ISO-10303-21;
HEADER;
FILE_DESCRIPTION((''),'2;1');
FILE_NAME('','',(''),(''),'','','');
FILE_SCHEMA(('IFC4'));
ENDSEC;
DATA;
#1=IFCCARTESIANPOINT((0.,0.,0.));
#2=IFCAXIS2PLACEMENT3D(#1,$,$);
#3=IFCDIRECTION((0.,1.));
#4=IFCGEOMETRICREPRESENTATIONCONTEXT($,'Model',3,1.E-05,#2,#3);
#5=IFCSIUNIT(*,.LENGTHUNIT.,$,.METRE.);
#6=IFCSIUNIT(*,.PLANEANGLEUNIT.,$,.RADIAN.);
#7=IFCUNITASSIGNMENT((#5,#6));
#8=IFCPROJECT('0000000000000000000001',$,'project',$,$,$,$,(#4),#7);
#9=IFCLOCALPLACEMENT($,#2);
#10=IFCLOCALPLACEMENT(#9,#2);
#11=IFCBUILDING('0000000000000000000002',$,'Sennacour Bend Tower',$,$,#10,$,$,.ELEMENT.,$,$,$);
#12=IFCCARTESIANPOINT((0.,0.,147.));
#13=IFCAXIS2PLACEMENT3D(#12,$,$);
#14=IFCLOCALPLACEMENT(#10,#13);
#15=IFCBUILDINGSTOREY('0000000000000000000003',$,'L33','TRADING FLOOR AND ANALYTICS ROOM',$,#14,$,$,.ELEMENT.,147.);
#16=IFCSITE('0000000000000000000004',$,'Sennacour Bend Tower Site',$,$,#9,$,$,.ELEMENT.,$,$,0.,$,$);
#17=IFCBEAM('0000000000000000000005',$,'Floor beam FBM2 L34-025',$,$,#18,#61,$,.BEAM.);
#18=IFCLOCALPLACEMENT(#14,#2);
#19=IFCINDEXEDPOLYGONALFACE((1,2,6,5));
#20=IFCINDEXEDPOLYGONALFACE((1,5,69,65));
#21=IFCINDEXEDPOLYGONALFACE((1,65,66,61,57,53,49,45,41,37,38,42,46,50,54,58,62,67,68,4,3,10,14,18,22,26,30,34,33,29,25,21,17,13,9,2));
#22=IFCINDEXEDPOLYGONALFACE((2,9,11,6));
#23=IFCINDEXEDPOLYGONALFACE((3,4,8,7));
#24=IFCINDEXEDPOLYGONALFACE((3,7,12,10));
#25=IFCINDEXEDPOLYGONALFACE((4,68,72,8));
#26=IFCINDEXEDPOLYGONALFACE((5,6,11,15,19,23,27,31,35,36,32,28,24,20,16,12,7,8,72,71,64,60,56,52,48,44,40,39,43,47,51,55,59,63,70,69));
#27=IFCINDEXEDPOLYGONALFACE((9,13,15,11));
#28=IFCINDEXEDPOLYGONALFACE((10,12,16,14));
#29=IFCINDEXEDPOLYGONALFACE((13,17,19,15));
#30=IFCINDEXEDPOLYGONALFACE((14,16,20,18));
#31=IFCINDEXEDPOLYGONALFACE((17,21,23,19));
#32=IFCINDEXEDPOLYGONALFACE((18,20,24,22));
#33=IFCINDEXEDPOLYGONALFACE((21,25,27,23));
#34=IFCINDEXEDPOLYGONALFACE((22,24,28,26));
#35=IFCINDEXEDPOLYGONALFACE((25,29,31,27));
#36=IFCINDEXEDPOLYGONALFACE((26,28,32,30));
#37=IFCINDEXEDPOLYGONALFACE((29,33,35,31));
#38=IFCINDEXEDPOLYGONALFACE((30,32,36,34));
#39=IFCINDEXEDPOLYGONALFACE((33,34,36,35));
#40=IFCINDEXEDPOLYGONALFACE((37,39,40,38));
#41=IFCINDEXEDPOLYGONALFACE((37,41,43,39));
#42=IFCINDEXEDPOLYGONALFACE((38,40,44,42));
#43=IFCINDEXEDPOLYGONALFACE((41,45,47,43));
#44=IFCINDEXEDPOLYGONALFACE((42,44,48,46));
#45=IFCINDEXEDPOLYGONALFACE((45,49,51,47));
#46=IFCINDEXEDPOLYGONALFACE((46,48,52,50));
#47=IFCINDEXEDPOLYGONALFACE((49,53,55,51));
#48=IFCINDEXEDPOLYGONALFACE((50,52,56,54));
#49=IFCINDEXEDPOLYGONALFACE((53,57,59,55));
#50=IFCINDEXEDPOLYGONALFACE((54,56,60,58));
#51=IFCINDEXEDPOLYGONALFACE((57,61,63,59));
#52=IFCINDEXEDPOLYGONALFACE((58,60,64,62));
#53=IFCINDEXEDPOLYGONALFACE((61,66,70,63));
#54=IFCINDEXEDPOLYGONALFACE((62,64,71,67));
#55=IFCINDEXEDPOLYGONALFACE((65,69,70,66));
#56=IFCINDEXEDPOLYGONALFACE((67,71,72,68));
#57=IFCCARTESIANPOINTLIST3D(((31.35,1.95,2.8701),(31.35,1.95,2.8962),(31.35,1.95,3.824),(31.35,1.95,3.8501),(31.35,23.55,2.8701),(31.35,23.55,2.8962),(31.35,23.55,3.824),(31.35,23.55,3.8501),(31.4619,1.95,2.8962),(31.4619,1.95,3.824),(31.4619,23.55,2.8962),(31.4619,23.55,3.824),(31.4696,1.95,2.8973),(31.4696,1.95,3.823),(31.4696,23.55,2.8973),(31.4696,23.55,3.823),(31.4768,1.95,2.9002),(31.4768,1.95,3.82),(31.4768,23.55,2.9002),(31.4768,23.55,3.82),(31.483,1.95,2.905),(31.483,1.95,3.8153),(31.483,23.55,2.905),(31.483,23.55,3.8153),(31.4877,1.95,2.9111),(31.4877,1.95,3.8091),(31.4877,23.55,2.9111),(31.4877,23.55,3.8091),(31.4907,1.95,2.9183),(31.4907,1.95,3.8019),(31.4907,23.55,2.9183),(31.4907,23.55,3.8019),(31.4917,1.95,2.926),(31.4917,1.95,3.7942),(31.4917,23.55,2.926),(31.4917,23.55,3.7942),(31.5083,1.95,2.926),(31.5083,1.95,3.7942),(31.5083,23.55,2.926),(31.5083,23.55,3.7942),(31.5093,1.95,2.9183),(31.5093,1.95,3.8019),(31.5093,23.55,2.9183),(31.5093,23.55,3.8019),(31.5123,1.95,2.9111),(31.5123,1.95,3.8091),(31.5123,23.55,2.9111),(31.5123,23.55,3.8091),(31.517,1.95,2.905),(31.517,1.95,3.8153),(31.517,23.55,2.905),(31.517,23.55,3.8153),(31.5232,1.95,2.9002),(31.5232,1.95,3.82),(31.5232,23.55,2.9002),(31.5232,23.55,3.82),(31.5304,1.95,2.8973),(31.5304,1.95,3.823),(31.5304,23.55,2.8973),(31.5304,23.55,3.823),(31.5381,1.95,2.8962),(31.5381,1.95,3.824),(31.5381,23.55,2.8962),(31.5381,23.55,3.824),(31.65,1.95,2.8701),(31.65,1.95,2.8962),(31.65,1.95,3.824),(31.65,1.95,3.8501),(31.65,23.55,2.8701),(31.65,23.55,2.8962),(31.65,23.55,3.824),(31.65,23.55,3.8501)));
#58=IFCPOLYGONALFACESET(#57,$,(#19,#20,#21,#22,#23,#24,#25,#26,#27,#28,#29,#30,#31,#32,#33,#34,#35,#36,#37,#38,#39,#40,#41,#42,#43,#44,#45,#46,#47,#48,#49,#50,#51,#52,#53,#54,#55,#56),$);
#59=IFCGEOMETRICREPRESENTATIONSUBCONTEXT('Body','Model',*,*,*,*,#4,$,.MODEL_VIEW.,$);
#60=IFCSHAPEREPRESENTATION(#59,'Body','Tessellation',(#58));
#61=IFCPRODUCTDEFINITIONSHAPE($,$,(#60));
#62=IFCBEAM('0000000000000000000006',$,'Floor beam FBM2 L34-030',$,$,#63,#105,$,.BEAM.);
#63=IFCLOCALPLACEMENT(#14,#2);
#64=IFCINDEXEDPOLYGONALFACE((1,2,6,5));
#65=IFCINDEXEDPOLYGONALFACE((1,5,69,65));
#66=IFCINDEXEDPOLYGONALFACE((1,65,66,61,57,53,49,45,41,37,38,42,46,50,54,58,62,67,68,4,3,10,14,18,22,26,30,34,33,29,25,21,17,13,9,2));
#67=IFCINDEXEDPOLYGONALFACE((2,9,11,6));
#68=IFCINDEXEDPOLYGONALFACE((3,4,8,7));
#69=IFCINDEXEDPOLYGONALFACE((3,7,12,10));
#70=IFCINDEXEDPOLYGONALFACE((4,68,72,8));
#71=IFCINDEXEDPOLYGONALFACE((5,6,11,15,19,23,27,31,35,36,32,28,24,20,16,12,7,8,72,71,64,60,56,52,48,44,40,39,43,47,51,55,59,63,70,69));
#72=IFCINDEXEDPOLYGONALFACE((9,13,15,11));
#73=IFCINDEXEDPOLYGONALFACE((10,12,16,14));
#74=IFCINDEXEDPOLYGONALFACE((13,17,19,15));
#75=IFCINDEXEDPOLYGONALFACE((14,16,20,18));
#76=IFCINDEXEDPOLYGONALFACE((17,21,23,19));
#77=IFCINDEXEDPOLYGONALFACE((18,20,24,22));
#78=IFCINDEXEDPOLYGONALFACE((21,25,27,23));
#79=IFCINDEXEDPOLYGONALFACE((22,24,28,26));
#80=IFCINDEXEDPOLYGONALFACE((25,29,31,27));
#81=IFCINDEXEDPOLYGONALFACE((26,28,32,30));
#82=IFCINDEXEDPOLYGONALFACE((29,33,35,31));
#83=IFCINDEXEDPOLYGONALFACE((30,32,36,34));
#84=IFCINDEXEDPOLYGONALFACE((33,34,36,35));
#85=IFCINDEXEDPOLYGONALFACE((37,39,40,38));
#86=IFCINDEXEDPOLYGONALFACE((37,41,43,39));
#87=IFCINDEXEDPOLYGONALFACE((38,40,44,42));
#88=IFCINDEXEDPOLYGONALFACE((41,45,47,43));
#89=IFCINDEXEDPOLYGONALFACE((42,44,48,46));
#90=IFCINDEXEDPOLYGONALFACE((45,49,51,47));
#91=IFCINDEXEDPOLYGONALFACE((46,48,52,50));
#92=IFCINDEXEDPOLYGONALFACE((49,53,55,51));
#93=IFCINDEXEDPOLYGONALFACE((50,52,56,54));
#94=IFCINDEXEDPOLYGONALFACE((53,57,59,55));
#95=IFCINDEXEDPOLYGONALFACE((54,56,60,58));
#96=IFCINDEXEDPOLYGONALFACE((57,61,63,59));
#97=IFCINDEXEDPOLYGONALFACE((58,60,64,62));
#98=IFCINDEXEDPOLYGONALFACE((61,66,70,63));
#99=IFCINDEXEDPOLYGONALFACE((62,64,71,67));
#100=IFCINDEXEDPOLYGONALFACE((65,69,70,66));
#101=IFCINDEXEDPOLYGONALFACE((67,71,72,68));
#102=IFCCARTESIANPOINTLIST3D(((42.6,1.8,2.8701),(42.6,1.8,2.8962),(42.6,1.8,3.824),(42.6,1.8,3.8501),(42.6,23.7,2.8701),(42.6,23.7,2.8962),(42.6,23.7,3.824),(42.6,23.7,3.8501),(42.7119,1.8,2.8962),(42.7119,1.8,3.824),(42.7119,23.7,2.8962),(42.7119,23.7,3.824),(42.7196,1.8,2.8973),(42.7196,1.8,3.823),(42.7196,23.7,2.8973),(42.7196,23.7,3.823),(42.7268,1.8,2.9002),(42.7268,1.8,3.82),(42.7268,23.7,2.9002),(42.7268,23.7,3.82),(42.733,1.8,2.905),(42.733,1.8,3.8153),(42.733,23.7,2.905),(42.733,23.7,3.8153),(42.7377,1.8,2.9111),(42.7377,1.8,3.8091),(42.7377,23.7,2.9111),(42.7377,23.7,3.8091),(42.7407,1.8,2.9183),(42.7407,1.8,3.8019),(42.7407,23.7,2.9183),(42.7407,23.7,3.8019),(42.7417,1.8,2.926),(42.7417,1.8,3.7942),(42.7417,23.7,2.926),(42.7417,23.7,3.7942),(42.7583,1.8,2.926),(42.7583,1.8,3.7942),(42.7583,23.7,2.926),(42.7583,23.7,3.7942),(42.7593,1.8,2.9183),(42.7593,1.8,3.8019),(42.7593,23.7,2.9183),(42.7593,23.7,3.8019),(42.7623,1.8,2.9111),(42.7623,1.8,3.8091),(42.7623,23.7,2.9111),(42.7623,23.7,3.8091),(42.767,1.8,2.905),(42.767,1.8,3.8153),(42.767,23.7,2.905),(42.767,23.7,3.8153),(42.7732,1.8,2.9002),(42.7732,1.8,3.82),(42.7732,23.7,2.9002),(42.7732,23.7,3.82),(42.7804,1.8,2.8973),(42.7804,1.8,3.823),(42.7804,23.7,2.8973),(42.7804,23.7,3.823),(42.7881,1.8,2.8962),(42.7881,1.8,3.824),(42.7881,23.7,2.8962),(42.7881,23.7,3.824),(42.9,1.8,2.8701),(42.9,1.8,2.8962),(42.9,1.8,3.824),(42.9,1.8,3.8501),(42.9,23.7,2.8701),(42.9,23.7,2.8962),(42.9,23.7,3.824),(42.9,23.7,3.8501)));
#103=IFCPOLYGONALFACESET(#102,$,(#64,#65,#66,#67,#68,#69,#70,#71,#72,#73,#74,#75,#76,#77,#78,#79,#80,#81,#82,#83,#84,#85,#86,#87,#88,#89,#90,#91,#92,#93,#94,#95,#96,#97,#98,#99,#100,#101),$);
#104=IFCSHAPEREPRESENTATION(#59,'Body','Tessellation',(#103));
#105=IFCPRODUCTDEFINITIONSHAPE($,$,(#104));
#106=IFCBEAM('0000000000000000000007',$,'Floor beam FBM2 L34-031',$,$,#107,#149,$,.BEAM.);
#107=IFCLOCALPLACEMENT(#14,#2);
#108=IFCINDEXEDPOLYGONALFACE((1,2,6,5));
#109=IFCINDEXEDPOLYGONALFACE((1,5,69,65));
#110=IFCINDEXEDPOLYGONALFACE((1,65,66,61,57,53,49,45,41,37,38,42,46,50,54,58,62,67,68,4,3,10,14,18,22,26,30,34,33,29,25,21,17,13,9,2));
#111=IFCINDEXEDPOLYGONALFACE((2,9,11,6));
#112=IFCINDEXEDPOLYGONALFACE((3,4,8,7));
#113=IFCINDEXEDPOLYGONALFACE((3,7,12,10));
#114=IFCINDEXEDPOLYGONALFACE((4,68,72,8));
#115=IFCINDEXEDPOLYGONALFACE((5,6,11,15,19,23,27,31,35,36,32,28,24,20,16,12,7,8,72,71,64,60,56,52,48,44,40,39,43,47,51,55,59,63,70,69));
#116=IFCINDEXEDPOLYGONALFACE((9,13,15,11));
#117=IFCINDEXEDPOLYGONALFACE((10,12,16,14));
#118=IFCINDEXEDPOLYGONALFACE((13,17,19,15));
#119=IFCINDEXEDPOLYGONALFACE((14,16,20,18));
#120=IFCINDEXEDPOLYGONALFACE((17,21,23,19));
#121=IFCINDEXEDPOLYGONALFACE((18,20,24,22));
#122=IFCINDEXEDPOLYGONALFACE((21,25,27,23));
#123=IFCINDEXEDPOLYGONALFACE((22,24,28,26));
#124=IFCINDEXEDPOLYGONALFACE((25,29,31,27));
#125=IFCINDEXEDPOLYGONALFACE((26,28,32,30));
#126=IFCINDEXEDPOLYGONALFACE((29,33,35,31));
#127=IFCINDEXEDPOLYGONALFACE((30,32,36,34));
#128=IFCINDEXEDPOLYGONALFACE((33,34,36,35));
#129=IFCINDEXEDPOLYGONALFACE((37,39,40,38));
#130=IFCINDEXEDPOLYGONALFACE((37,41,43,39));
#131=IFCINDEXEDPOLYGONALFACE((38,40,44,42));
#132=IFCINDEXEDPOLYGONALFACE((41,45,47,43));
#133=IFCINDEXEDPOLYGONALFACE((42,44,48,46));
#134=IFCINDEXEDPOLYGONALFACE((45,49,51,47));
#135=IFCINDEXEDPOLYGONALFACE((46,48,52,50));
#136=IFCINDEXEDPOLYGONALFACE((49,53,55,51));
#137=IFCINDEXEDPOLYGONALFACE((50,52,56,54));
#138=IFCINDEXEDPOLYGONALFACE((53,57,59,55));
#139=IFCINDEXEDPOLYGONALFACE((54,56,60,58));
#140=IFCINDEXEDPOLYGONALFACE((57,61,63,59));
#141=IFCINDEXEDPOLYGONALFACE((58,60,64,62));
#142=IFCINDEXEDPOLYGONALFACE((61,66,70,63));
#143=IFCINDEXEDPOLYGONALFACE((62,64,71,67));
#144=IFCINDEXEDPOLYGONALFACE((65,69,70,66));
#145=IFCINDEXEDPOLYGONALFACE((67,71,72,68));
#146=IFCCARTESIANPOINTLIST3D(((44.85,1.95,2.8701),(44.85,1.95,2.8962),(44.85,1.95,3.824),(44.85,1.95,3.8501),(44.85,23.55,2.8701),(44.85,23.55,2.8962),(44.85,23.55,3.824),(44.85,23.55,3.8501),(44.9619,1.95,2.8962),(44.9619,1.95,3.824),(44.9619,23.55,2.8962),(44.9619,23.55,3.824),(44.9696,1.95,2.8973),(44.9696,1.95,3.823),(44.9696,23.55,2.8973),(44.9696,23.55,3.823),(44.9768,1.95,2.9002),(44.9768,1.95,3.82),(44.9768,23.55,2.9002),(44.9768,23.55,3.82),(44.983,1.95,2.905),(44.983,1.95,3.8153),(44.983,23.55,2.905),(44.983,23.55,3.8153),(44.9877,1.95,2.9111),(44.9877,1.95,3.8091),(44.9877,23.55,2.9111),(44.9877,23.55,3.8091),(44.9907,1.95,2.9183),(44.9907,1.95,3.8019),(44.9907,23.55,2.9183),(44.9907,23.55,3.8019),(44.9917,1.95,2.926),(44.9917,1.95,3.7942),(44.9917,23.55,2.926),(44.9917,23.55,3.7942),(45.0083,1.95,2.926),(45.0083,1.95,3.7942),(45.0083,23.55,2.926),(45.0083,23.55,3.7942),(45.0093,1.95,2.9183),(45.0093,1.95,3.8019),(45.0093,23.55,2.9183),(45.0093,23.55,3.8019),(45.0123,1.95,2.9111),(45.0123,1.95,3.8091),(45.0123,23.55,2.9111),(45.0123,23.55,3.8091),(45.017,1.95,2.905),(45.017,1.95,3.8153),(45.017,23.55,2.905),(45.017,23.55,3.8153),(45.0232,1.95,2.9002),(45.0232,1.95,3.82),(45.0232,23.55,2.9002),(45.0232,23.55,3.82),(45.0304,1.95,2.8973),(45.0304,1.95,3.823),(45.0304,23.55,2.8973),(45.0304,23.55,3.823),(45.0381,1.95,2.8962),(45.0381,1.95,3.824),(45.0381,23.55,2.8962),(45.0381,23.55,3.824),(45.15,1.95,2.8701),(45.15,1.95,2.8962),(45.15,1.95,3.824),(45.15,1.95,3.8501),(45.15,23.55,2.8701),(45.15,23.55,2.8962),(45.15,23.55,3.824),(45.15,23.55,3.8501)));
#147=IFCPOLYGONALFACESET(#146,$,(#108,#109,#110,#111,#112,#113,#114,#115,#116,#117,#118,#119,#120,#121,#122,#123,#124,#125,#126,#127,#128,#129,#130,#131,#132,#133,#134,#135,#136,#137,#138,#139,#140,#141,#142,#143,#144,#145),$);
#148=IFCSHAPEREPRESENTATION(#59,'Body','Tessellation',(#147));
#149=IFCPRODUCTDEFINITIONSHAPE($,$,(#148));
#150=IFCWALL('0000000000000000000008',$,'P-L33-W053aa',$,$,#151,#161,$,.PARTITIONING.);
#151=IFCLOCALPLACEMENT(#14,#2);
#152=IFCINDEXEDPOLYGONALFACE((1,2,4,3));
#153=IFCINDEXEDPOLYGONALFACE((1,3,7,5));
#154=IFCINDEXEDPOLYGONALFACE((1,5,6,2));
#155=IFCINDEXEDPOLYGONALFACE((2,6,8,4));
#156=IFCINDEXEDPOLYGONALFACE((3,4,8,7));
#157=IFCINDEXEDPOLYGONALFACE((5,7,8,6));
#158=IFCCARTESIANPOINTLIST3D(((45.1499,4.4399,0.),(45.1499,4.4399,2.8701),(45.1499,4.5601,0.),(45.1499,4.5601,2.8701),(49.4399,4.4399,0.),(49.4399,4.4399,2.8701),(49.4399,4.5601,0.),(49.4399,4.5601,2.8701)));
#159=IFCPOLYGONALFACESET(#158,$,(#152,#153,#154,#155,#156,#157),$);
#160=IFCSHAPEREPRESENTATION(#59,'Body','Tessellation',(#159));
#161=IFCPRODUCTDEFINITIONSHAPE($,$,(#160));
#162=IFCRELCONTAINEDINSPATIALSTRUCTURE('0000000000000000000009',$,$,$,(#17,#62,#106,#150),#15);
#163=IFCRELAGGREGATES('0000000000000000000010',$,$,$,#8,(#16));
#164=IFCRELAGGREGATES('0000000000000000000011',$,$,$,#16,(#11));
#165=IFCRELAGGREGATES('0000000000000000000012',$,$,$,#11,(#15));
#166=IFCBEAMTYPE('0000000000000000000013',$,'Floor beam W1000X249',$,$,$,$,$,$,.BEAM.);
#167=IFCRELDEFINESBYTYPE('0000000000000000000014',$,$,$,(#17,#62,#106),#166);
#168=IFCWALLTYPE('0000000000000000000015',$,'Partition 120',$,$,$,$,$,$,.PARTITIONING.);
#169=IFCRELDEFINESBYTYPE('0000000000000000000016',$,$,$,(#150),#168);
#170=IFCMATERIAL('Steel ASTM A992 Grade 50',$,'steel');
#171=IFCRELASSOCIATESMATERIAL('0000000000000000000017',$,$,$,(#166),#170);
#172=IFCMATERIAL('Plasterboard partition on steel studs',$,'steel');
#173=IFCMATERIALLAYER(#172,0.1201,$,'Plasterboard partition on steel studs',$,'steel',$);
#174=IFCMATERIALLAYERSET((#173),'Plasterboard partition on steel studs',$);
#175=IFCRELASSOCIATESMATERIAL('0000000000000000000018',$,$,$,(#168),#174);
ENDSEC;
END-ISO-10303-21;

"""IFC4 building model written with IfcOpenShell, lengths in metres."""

from ifc_helpers import new_model, si_unit, direction, frame, frame_2d, origin, origin_2d, place, context, subcontext, project, spatial, rectangle, i_section, extrude, material, layer, layer_set, material_profile, profile_set, type_object, element, save


model = new_model("IFC4")

# Units and contexts
model_context = context("Model", 3, precision=1e-05, world=origin(), true_north=direction((0.0, 1.0)))
body_context = subcontext(model_context, "Body", "Model", "MODEL_VIEW")
ifc_project = project(units=[si_unit("LENGTHUNIT", "METRE"), si_unit("PLANEANGLEUNIT", "RADIAN")], contexts=[model_context])

# Site, building, storey
site_placement = place(None, origin())
site = spatial("IfcSite", under=ifc_project, at=site_placement, Name="Sennacour Bend Tower Site", CompositionType="ELEMENT", RefElevation=0.0)
building_placement = place(site_placement, origin())
building = spatial("IfcBuilding", under=site, at=building_placement, Name="Sennacour Bend Tower", CompositionType="ELEMENT")
storey_placement = place(building_placement, frame((0.0, 0.0, 147.0)))
storey = spatial("IfcBuildingStorey", under=building, at=storey_placement, Name="L33", Description="TRADING FLOOR AND ANALYTICS ROOM", CompositionType="ELEMENT", Elevation=147.0)

# Beams
ifc_material_1 = material(Name="Steel ASTM A992 Grade 50", Category="steel")
ifc_material_profile = material_profile(ifc_material_1, i_section(OverallWidth=0.3, OverallDepth=0.98, WebThickness=0.0166, FlangeThickness=0.0261, FilletRadius=0.0298, at=origin_2d()), Name="Steel ASTM A992 Grade 50", Category="steel")
ifc_profile_set = profile_set([ifc_material_profile], Name="Steel ASTM A992 Grade 50")
beam_type = type_object("IfcBeamType", Name="Floor beam W1000X249", PredefinedType="BEAM", material=ifc_profile_set)
beam_1_placement = place(storey_placement, frame((31.5, 1.95, 3.3601), z_axis=(0.0, 1.0, 0.0), x_axis=(-1.0, 0.0, 0.0)))
element("IfcBeam", 1, at=beam_1_placement, inside=storey, type_object=beam_type, Name="Floor beam FBM2 L34-025", PredefinedType="BEAM", context=body_context, shape_type="SweptSolid", body=[
    extrude(i_section(OverallWidth=0.3, OverallDepth=0.98, WebThickness=0.0166, FlangeThickness=0.0261, FilletRadius=0.0298, at=origin_2d()), origin(), (0.0, 0.0, 1.0), 21.6001),
])
beam_2_placement = place(storey_placement, frame((42.75, 1.8, 3.3601), z_axis=(0.0, 1.0, 0.0), x_axis=(-1.0, 0.0, 0.0)))
element("IfcBeam", 2, at=beam_2_placement, inside=storey, type_object=beam_type, Name="Floor beam FBM2 L34-030", PredefinedType="BEAM", context=body_context, shape_type="SweptSolid", body=[
    extrude(i_section(OverallWidth=0.3, OverallDepth=0.98, WebThickness=0.0166, FlangeThickness=0.0261, FilletRadius=0.0298, at=origin_2d()), origin(), (0.0, 0.0, 1.0), 21.8999),
])
beam_3_placement = place(storey_placement, frame((45.0, 1.95, 3.3601), z_axis=(0.0, 1.0, 0.0), x_axis=(-1.0, 0.0, 0.0)))
element("IfcBeam", 3, at=beam_3_placement, inside=storey, type_object=beam_type, Name="Floor beam FBM2 L34-031", PredefinedType="BEAM", context=body_context, shape_type="SweptSolid", body=[
    extrude(i_section(OverallWidth=0.3, OverallDepth=0.98, WebThickness=0.0166, FlangeThickness=0.0261, FilletRadius=0.0298, at=origin_2d()), origin(), (0.0, 0.0, 1.0), 21.6001),
])

# Wall
ifc_material_2 = material(Name="Plasterboard partition on steel studs", Category="steel")
ifc_layer_1 = layer(ifc_material_2, 0.1201, Name="Plasterboard partition on steel studs", Category="steel")
ifc_layer_set_1 = layer_set([ifc_layer_1], Name="Plasterboard partition on steel studs")
wall_type_1 = type_object("IfcWallType", Name="Partition 120", PredefinedType="PARTITIONING", material=ifc_layer_set_1)
wall_1_placement = place(storey_placement, frame((45.1499, 4.5, 0.0), z_axis=(0.0, 0.0, 1.0), x_axis=(1.0, 0.0, 0.0)))
element("IfcWall", 4, at=wall_1_placement, inside=storey, type_object=wall_type_1, Name="P-L33-W053aa", PredefinedType="PARTITIONING", context=body_context, shape_type="SweptSolid", body=[
    extrude(rectangle(XDim=4.29, YDim=0.1201, at=frame_2d((2.145, 0.0))), origin(), (0.0, 0.0, 1.0), 2.8701),
])

save(model, "model.ifc")
